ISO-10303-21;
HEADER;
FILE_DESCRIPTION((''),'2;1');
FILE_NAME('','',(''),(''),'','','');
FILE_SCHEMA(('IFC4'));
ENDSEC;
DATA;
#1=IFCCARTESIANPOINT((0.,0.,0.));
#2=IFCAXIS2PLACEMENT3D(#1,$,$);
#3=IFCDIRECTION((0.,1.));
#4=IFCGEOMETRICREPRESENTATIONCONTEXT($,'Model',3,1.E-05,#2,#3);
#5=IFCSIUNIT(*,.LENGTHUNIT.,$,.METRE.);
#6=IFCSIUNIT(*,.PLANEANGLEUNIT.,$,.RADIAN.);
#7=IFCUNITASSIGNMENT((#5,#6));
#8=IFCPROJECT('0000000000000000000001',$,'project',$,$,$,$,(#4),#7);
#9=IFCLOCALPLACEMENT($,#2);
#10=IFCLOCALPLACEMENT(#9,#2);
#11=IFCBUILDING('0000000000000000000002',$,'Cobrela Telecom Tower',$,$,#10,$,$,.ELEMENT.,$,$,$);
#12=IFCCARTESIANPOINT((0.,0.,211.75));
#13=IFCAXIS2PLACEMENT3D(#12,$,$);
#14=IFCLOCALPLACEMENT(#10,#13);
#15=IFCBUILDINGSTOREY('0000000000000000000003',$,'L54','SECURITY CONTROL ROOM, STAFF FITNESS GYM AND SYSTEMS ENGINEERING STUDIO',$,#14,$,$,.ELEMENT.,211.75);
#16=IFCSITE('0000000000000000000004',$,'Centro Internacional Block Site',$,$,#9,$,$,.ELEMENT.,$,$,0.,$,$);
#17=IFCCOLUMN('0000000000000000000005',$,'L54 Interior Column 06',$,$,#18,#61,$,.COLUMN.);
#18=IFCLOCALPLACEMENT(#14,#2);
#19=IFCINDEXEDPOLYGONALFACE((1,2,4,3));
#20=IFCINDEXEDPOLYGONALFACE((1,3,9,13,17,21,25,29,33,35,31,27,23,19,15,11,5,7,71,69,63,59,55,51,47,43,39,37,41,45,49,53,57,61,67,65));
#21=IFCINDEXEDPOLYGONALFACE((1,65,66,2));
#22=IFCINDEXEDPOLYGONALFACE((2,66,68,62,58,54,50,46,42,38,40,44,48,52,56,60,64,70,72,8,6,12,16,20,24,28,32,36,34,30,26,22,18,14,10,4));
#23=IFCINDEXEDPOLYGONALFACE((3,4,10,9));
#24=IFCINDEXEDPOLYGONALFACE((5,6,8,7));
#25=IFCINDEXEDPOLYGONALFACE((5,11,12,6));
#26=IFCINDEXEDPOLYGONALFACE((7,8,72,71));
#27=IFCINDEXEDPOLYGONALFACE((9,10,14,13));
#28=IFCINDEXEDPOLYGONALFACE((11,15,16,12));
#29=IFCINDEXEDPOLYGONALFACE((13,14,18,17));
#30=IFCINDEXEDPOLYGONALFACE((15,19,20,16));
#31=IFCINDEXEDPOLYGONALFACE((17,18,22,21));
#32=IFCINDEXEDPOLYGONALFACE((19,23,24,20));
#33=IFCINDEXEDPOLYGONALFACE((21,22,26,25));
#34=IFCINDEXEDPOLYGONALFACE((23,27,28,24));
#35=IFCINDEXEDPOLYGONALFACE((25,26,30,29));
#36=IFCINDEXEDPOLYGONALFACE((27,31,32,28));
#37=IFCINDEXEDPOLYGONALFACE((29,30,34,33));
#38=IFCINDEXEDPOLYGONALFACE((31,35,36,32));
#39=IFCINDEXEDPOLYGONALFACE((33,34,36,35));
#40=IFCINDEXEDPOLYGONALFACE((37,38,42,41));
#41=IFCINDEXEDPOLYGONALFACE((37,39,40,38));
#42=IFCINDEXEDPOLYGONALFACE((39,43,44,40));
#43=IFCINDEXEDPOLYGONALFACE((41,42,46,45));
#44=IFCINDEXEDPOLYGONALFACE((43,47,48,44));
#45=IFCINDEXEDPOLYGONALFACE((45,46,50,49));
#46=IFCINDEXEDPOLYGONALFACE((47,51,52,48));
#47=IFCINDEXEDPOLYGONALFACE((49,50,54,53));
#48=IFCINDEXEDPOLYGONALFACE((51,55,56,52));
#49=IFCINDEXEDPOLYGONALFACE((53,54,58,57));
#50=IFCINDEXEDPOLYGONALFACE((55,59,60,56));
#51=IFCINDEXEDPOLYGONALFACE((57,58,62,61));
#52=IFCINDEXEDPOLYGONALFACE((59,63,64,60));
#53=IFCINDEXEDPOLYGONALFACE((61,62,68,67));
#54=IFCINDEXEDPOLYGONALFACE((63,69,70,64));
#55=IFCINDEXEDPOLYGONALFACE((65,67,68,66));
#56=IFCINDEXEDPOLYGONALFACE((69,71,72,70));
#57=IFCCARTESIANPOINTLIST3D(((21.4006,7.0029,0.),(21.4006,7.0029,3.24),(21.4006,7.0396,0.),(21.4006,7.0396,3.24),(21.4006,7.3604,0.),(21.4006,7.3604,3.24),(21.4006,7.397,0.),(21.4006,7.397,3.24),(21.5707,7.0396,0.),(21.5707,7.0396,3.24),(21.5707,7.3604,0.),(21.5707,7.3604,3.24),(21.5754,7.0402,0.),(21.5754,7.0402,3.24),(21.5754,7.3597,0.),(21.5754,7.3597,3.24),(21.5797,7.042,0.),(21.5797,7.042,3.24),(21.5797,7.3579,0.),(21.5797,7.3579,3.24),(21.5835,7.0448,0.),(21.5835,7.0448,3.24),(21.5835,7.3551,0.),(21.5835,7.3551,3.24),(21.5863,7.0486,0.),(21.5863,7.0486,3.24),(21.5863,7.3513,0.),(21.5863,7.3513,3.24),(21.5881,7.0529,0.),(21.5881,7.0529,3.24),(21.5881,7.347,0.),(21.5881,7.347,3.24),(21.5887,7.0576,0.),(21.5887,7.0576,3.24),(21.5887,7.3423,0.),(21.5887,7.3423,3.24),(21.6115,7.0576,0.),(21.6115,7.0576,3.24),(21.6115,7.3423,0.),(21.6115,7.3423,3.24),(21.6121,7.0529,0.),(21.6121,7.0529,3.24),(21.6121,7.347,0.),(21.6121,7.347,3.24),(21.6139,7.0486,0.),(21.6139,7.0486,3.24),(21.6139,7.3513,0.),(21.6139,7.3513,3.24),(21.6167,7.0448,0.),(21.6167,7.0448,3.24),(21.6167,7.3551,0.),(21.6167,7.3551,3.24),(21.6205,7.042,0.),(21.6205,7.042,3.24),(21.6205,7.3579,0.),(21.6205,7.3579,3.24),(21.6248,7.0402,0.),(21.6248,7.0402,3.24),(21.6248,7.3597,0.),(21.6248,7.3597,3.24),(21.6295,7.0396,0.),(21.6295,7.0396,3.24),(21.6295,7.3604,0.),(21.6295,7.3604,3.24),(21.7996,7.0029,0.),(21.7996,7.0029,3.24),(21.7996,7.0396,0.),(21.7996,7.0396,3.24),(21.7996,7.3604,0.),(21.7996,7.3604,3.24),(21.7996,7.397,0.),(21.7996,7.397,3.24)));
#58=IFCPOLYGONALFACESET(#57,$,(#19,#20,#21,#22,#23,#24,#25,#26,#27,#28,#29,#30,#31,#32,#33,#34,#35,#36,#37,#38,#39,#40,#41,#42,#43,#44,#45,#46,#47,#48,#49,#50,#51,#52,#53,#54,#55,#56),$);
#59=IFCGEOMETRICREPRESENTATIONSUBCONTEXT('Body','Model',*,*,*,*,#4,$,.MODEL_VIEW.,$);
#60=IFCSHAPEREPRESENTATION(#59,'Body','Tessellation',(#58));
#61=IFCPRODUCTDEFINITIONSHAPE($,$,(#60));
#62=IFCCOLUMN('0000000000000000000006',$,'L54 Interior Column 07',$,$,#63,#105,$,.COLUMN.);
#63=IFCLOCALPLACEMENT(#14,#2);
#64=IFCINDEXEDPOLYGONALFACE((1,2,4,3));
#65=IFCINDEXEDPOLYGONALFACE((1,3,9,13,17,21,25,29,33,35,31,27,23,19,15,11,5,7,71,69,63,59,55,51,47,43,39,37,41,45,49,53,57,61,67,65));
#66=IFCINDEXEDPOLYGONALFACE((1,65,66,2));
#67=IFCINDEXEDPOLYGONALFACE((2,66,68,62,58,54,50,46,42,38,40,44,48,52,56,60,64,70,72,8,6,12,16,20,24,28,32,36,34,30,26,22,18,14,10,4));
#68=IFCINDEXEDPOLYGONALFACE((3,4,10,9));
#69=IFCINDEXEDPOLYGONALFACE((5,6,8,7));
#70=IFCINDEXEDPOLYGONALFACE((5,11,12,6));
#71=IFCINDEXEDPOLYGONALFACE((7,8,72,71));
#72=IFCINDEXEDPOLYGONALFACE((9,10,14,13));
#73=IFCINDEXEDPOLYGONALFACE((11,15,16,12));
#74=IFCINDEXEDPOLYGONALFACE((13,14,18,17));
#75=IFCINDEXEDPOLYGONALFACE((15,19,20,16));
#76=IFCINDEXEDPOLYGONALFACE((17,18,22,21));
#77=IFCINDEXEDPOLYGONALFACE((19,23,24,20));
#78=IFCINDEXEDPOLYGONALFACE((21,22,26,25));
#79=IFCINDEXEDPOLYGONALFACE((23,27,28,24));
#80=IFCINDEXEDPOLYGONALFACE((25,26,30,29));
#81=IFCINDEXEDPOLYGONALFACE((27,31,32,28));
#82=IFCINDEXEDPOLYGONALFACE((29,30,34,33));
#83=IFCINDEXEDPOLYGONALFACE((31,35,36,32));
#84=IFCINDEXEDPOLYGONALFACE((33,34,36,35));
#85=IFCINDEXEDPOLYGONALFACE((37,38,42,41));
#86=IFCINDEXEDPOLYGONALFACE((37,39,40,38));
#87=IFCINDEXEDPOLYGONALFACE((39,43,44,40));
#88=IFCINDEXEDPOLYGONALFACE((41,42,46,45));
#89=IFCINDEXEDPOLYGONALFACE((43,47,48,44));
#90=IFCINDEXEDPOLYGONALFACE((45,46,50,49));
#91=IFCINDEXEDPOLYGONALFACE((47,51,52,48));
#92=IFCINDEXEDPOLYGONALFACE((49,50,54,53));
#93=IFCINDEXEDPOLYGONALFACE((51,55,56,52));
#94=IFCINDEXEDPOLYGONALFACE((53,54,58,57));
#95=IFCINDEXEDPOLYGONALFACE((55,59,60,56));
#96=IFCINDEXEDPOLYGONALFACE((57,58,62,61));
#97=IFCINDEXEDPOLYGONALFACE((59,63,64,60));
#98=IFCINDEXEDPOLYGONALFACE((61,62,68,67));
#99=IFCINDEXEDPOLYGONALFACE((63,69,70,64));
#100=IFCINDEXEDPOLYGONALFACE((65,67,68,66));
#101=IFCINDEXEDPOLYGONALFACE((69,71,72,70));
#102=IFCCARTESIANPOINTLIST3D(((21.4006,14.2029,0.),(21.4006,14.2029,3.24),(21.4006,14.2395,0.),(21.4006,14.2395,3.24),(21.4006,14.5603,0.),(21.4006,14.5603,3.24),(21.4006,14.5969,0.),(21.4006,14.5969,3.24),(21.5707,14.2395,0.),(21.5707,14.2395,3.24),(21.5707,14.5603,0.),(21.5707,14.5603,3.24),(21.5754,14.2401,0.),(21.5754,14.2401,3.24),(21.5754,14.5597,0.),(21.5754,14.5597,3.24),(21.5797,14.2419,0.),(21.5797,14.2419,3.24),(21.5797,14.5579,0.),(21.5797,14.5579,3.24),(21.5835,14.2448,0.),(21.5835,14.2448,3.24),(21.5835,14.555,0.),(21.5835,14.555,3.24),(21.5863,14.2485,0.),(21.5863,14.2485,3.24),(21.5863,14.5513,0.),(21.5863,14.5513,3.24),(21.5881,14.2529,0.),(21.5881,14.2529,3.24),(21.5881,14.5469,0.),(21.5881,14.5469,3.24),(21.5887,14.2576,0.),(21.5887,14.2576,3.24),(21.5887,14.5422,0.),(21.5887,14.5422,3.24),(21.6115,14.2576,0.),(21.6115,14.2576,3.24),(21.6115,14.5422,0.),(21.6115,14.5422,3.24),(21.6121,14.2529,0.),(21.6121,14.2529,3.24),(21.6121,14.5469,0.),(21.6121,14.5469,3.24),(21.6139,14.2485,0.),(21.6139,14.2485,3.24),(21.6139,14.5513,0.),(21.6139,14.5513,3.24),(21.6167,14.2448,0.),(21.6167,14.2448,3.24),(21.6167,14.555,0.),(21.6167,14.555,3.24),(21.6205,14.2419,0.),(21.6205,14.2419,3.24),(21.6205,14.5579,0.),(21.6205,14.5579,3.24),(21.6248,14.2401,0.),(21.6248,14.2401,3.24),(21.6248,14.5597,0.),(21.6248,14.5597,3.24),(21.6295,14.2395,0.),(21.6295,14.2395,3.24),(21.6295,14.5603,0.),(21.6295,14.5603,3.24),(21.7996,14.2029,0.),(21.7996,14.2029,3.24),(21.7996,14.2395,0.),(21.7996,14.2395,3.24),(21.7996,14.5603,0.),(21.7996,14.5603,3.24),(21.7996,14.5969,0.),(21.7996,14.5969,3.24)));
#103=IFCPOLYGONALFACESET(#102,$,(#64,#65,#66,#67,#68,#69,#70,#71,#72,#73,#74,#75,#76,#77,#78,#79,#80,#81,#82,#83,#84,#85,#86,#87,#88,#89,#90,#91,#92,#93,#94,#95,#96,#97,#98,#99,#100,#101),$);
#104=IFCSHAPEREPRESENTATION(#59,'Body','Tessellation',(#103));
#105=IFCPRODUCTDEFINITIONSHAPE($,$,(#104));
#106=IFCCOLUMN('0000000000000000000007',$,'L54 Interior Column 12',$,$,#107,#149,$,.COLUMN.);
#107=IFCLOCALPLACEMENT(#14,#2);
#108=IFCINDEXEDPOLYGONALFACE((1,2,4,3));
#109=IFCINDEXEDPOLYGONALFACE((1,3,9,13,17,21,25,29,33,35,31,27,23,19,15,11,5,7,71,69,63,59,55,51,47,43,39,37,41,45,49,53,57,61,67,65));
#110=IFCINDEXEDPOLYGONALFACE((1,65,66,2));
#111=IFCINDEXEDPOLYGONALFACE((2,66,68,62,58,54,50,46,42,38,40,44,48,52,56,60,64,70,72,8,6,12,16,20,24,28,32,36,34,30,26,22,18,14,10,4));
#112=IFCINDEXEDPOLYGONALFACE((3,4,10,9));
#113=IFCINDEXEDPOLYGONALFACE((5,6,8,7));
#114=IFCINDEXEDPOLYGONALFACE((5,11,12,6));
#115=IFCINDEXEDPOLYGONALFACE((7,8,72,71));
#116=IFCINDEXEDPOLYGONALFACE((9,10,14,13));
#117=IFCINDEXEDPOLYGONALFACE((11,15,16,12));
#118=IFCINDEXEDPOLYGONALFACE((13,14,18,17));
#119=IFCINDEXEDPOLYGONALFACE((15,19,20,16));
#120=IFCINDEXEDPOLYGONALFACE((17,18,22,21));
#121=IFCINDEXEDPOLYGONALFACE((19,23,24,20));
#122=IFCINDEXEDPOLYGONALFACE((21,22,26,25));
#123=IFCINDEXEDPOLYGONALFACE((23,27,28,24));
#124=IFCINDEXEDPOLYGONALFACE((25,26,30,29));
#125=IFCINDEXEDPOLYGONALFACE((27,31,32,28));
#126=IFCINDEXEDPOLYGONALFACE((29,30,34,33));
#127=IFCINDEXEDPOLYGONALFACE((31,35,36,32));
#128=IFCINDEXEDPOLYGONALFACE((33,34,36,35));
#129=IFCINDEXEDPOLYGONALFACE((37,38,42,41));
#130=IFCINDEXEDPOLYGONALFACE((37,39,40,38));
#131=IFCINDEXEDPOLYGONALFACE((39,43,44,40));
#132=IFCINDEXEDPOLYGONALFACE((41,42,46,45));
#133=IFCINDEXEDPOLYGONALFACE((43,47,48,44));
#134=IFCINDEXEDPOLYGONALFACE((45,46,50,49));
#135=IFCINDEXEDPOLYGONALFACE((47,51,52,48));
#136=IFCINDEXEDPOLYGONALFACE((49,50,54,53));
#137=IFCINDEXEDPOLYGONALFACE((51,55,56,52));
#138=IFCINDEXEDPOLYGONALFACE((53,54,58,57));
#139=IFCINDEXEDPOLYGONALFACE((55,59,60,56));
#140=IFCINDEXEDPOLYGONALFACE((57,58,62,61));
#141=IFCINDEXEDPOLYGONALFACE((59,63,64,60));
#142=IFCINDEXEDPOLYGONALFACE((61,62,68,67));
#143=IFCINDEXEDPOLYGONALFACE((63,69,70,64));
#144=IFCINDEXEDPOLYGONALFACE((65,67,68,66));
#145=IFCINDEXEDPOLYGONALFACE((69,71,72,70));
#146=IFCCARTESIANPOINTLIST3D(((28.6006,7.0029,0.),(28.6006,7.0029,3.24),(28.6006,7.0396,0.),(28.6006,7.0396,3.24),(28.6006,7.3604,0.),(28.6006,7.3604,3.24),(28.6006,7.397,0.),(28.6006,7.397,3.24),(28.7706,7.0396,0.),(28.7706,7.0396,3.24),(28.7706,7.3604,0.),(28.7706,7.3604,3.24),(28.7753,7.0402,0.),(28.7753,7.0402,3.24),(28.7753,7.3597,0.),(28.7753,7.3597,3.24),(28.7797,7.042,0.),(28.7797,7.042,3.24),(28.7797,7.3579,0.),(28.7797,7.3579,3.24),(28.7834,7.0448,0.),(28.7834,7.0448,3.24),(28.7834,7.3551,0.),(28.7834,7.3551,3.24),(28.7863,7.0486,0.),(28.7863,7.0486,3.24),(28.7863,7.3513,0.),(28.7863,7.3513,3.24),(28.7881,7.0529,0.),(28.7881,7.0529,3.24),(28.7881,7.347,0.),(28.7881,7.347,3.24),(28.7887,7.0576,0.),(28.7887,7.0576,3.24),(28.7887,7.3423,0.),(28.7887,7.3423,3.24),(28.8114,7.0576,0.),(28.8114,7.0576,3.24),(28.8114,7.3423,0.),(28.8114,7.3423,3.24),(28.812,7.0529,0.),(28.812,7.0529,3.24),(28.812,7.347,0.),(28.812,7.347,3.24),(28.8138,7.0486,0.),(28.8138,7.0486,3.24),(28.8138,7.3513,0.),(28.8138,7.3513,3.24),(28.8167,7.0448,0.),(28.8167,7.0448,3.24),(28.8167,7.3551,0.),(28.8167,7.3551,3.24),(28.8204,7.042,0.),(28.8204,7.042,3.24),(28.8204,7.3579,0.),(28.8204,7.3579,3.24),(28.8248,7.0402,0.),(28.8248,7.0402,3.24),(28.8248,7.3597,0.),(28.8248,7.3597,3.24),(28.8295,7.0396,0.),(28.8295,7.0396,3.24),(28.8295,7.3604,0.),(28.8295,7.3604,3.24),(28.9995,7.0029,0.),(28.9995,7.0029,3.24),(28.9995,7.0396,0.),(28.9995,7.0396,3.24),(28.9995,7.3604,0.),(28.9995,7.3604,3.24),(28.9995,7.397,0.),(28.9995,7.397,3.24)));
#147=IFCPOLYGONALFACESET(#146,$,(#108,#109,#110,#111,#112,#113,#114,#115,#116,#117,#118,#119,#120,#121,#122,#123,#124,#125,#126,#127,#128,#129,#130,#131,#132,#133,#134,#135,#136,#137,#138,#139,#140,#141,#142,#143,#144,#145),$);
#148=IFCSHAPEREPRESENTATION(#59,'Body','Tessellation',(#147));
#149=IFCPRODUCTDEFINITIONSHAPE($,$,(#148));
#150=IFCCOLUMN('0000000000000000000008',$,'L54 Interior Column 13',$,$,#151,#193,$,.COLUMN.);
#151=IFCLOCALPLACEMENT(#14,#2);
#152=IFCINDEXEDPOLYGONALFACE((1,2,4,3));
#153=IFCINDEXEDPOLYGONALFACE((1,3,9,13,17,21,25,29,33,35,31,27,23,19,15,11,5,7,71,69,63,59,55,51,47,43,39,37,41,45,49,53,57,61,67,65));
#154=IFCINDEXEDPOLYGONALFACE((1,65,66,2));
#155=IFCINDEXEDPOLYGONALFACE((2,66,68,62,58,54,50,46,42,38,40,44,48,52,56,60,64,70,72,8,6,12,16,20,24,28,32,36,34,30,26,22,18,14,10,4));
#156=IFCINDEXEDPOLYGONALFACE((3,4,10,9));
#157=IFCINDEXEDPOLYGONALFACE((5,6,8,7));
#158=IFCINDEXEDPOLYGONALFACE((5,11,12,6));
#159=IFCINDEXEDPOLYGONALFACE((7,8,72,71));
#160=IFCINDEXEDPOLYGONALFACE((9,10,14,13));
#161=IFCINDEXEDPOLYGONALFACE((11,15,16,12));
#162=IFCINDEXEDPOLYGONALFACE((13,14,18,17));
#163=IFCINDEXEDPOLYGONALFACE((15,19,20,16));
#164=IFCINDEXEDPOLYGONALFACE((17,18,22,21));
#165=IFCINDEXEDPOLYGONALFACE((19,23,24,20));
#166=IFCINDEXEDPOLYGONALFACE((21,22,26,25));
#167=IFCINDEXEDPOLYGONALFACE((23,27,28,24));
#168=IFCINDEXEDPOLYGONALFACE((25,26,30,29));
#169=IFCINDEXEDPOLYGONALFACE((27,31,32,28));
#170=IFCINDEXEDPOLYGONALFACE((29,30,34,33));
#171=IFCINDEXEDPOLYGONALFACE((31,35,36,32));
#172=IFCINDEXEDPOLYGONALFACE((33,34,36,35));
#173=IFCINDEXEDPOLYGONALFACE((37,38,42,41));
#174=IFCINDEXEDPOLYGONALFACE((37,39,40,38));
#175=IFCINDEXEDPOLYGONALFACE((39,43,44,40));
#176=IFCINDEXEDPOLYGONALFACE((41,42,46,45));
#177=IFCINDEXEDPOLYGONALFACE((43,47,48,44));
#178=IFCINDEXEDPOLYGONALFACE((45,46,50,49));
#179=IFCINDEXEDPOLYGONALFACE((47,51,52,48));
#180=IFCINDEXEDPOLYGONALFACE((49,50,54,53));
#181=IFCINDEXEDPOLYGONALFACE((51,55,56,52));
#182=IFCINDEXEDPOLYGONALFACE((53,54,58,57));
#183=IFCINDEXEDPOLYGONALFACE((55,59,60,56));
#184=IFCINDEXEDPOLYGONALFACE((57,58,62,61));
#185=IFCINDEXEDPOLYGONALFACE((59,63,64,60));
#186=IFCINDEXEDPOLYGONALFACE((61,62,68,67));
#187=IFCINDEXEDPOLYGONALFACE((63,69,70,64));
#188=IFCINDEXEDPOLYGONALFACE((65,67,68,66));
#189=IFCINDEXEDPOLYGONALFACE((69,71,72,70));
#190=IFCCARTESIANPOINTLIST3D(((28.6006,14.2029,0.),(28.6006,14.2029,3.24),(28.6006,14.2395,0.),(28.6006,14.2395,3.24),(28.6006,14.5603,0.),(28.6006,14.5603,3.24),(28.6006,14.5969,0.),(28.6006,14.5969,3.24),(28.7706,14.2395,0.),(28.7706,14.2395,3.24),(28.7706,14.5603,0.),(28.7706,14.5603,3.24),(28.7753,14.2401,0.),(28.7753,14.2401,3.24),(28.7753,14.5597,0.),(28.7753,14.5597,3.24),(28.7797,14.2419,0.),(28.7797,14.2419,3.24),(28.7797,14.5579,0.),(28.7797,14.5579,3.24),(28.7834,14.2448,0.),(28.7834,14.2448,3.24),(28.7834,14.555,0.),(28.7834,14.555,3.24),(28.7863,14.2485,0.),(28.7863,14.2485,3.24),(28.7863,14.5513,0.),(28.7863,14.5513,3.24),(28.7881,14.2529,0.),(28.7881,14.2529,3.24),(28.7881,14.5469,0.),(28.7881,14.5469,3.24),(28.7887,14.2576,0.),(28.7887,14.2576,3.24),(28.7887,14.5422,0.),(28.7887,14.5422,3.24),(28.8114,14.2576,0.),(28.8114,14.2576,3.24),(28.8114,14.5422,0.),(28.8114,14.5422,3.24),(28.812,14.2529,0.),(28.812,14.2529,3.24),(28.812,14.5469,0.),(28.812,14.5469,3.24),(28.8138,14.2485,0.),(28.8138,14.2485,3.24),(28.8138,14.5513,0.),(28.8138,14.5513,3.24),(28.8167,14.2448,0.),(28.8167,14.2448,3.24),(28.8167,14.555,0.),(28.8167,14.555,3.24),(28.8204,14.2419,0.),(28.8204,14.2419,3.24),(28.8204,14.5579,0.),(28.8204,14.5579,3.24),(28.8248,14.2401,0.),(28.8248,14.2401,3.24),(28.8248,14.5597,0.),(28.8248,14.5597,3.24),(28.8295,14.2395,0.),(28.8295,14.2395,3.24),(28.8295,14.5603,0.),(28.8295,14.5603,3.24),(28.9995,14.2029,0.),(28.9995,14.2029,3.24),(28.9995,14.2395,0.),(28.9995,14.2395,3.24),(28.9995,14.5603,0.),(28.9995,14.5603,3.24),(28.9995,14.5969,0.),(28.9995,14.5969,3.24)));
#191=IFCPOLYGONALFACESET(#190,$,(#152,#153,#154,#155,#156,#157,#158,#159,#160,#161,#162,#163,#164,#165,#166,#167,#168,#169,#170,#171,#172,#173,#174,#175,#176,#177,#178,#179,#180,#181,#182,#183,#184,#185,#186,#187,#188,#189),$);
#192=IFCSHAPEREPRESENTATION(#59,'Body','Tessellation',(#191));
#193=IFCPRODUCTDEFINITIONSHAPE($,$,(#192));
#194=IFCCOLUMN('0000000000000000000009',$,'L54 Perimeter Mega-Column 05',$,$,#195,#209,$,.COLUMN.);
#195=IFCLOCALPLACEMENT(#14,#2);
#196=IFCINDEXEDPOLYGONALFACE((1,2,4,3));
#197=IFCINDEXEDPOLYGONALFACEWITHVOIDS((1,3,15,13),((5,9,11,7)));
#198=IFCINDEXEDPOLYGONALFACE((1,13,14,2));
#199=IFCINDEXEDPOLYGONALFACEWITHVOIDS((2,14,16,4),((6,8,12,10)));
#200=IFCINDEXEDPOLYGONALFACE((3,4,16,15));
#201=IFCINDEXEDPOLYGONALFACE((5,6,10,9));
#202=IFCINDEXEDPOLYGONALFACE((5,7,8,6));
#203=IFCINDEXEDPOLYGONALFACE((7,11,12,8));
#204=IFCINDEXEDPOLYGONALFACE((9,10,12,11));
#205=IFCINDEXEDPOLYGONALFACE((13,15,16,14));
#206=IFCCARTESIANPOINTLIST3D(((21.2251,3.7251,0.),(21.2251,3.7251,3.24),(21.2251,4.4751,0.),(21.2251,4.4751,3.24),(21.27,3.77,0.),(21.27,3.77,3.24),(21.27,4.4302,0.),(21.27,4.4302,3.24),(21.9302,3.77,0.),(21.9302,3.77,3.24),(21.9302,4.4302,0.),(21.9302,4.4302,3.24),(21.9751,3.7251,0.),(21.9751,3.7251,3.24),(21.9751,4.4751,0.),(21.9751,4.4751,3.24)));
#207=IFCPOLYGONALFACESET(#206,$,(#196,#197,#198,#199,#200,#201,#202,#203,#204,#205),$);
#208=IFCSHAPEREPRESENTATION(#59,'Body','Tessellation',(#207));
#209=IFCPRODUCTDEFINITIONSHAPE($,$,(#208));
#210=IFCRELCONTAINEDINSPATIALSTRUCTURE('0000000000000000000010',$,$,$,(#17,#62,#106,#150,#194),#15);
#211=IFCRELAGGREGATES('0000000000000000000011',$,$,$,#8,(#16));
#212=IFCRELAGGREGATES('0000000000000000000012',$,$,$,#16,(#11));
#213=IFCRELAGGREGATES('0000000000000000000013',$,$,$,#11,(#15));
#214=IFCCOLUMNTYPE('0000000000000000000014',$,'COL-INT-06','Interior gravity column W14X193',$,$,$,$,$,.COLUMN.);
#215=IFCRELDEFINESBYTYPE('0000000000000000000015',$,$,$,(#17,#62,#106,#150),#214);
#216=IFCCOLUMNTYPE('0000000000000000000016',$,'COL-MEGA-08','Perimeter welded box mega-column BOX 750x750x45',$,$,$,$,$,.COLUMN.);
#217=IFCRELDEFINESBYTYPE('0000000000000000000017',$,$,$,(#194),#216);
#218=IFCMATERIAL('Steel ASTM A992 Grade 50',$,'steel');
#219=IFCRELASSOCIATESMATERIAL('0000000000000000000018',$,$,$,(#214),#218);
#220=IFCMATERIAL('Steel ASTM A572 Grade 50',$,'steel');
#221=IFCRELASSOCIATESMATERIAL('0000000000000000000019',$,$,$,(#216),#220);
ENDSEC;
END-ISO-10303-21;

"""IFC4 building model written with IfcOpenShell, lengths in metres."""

from ifc_helpers import new_model, si_unit, direction, frame, origin, origin_2d, place, context, subcontext, project, spatial, hollow_rectangle, i_section, extrude, material, material_profile, profile_set, type_object, element, save


model = new_model("IFC4")

# Units and contexts
model_context = context("Model", 3, precision=1e-05, world=origin(), true_north=direction((0.0, 1.0)))
body_context = subcontext(model_context, "Body", "Model", "MODEL_VIEW")
ifc_project = project(units=[si_unit("LENGTHUNIT", "METRE"), si_unit("PLANEANGLEUNIT", "RADIAN")], contexts=[model_context])

# Site, building, storey
site_placement = place(None, origin())
site = spatial("IfcSite", under=ifc_project, at=site_placement, Name="Centro Internacional Block Site", CompositionType="ELEMENT", RefElevation=0.0)
building_placement = place(site_placement, origin())
building = spatial("IfcBuilding", under=site, at=building_placement, Name="Cobrela Telecom Tower", CompositionType="ELEMENT")
storey_placement = place(building_placement, frame((0.0, 0.0, 211.75)))
storey = spatial("IfcBuildingStorey", under=building, at=storey_placement, Name="L54", Description="SECURITY CONTROL ROOM, STAFF FITNESS GYM AND SYSTEMS ENGINEERING STUDIO", CompositionType="ELEMENT", Elevation=211.75)

# Columns
ifc_material_1 = material(Name="Steel ASTM A992 Grade 50", Category="steel")
ifc_material_profile_1 = material_profile(ifc_material_1, i_section(OverallWidth=0.3989, OverallDepth=0.394, WebThickness=0.0227, FlangeThickness=0.0366, FilletRadius=0.0181, at=origin_2d()), Name="W14X193")
ifc_profile_set_1 = profile_set([ifc_material_profile_1], Name="Steel ASTM A992 Grade 50")
column_type_1 = type_object("IfcColumnType", Name="COL-INT-06", Description="Interior gravity column W14X193", PredefinedType="COLUMN", material=ifc_profile_set_1)
for number, where, z_axis, x_axis, name in (
    (1, (21.6001, 7.2, 0.0), (0.0, 0.0, 1.0), (1.0, 0.0, 0.0), "L54 Interior Column 06"),
    (2, (21.6001, 14.3999, 0.0), (0.0, 0.0, 1.0), (1.0, 0.0, 0.0), "L54 Interior Column 07"),
    (3, (28.8, 7.2, 0.0), (0.0, 0.0, 1.0), (1.0, 0.0, 0.0), "L54 Interior Column 12"),
    (4, (28.8, 14.3999, 0.0), (0.0, 0.0, 1.0), (1.0, 0.0, 0.0), "L54 Interior Column 13"),
):
    element("IfcColumn", number, at=place(storey_placement, frame(where, z_axis=z_axis, x_axis=x_axis)), inside=storey, type_object=column_type_1, Name=name, PredefinedType="COLUMN", context=body_context, shape_type="SweptSolid", body=[
        extrude(i_section(OverallWidth=0.3989, OverallDepth=0.394, WebThickness=0.0227, FlangeThickness=0.0366, FilletRadius=0.0181, at=origin_2d()), origin(), (0.0, 0.0, 1.0), 3.24),
    ])
ifc_material_2 = material(Name="Steel ASTM A572 Grade 50", Category="steel")
ifc_material_profile_2 = material_profile(ifc_material_2, hollow_rectangle(XDim=0.75, YDim=0.75, WallThickness=0.0449, at=origin_2d()), Name="BOX 750x750x45")
ifc_profile_set_2 = profile_set([ifc_material_profile_2], Name="Steel ASTM A572 Grade 50")
column_type_2 = type_object("IfcColumnType", Name="COL-MEGA-08", Description="Perimeter welded box mega-column BOX 750x750x45", PredefinedType="COLUMN", material=ifc_profile_set_2)
for number, where, z_axis, x_axis, name in (
    (5, (21.6001, 4.1001, 0.0), (0.0, 0.0, 1.0), (1.0, 0.0, 0.0), "L54 Perimeter Mega-Column 05"),
):
    element("IfcColumn", number, at=place(storey_placement, frame(where, z_axis=z_axis, x_axis=x_axis)), inside=storey, type_object=column_type_2, Name=name, PredefinedType="COLUMN", context=body_context, shape_type="SweptSolid", body=[
        extrude(hollow_rectangle(XDim=0.75, YDim=0.75, WallThickness=0.0449, at=origin_2d()), origin(), (0.0, 0.0, 1.0), 3.24),
    ])

save(model, "model.ifc")
